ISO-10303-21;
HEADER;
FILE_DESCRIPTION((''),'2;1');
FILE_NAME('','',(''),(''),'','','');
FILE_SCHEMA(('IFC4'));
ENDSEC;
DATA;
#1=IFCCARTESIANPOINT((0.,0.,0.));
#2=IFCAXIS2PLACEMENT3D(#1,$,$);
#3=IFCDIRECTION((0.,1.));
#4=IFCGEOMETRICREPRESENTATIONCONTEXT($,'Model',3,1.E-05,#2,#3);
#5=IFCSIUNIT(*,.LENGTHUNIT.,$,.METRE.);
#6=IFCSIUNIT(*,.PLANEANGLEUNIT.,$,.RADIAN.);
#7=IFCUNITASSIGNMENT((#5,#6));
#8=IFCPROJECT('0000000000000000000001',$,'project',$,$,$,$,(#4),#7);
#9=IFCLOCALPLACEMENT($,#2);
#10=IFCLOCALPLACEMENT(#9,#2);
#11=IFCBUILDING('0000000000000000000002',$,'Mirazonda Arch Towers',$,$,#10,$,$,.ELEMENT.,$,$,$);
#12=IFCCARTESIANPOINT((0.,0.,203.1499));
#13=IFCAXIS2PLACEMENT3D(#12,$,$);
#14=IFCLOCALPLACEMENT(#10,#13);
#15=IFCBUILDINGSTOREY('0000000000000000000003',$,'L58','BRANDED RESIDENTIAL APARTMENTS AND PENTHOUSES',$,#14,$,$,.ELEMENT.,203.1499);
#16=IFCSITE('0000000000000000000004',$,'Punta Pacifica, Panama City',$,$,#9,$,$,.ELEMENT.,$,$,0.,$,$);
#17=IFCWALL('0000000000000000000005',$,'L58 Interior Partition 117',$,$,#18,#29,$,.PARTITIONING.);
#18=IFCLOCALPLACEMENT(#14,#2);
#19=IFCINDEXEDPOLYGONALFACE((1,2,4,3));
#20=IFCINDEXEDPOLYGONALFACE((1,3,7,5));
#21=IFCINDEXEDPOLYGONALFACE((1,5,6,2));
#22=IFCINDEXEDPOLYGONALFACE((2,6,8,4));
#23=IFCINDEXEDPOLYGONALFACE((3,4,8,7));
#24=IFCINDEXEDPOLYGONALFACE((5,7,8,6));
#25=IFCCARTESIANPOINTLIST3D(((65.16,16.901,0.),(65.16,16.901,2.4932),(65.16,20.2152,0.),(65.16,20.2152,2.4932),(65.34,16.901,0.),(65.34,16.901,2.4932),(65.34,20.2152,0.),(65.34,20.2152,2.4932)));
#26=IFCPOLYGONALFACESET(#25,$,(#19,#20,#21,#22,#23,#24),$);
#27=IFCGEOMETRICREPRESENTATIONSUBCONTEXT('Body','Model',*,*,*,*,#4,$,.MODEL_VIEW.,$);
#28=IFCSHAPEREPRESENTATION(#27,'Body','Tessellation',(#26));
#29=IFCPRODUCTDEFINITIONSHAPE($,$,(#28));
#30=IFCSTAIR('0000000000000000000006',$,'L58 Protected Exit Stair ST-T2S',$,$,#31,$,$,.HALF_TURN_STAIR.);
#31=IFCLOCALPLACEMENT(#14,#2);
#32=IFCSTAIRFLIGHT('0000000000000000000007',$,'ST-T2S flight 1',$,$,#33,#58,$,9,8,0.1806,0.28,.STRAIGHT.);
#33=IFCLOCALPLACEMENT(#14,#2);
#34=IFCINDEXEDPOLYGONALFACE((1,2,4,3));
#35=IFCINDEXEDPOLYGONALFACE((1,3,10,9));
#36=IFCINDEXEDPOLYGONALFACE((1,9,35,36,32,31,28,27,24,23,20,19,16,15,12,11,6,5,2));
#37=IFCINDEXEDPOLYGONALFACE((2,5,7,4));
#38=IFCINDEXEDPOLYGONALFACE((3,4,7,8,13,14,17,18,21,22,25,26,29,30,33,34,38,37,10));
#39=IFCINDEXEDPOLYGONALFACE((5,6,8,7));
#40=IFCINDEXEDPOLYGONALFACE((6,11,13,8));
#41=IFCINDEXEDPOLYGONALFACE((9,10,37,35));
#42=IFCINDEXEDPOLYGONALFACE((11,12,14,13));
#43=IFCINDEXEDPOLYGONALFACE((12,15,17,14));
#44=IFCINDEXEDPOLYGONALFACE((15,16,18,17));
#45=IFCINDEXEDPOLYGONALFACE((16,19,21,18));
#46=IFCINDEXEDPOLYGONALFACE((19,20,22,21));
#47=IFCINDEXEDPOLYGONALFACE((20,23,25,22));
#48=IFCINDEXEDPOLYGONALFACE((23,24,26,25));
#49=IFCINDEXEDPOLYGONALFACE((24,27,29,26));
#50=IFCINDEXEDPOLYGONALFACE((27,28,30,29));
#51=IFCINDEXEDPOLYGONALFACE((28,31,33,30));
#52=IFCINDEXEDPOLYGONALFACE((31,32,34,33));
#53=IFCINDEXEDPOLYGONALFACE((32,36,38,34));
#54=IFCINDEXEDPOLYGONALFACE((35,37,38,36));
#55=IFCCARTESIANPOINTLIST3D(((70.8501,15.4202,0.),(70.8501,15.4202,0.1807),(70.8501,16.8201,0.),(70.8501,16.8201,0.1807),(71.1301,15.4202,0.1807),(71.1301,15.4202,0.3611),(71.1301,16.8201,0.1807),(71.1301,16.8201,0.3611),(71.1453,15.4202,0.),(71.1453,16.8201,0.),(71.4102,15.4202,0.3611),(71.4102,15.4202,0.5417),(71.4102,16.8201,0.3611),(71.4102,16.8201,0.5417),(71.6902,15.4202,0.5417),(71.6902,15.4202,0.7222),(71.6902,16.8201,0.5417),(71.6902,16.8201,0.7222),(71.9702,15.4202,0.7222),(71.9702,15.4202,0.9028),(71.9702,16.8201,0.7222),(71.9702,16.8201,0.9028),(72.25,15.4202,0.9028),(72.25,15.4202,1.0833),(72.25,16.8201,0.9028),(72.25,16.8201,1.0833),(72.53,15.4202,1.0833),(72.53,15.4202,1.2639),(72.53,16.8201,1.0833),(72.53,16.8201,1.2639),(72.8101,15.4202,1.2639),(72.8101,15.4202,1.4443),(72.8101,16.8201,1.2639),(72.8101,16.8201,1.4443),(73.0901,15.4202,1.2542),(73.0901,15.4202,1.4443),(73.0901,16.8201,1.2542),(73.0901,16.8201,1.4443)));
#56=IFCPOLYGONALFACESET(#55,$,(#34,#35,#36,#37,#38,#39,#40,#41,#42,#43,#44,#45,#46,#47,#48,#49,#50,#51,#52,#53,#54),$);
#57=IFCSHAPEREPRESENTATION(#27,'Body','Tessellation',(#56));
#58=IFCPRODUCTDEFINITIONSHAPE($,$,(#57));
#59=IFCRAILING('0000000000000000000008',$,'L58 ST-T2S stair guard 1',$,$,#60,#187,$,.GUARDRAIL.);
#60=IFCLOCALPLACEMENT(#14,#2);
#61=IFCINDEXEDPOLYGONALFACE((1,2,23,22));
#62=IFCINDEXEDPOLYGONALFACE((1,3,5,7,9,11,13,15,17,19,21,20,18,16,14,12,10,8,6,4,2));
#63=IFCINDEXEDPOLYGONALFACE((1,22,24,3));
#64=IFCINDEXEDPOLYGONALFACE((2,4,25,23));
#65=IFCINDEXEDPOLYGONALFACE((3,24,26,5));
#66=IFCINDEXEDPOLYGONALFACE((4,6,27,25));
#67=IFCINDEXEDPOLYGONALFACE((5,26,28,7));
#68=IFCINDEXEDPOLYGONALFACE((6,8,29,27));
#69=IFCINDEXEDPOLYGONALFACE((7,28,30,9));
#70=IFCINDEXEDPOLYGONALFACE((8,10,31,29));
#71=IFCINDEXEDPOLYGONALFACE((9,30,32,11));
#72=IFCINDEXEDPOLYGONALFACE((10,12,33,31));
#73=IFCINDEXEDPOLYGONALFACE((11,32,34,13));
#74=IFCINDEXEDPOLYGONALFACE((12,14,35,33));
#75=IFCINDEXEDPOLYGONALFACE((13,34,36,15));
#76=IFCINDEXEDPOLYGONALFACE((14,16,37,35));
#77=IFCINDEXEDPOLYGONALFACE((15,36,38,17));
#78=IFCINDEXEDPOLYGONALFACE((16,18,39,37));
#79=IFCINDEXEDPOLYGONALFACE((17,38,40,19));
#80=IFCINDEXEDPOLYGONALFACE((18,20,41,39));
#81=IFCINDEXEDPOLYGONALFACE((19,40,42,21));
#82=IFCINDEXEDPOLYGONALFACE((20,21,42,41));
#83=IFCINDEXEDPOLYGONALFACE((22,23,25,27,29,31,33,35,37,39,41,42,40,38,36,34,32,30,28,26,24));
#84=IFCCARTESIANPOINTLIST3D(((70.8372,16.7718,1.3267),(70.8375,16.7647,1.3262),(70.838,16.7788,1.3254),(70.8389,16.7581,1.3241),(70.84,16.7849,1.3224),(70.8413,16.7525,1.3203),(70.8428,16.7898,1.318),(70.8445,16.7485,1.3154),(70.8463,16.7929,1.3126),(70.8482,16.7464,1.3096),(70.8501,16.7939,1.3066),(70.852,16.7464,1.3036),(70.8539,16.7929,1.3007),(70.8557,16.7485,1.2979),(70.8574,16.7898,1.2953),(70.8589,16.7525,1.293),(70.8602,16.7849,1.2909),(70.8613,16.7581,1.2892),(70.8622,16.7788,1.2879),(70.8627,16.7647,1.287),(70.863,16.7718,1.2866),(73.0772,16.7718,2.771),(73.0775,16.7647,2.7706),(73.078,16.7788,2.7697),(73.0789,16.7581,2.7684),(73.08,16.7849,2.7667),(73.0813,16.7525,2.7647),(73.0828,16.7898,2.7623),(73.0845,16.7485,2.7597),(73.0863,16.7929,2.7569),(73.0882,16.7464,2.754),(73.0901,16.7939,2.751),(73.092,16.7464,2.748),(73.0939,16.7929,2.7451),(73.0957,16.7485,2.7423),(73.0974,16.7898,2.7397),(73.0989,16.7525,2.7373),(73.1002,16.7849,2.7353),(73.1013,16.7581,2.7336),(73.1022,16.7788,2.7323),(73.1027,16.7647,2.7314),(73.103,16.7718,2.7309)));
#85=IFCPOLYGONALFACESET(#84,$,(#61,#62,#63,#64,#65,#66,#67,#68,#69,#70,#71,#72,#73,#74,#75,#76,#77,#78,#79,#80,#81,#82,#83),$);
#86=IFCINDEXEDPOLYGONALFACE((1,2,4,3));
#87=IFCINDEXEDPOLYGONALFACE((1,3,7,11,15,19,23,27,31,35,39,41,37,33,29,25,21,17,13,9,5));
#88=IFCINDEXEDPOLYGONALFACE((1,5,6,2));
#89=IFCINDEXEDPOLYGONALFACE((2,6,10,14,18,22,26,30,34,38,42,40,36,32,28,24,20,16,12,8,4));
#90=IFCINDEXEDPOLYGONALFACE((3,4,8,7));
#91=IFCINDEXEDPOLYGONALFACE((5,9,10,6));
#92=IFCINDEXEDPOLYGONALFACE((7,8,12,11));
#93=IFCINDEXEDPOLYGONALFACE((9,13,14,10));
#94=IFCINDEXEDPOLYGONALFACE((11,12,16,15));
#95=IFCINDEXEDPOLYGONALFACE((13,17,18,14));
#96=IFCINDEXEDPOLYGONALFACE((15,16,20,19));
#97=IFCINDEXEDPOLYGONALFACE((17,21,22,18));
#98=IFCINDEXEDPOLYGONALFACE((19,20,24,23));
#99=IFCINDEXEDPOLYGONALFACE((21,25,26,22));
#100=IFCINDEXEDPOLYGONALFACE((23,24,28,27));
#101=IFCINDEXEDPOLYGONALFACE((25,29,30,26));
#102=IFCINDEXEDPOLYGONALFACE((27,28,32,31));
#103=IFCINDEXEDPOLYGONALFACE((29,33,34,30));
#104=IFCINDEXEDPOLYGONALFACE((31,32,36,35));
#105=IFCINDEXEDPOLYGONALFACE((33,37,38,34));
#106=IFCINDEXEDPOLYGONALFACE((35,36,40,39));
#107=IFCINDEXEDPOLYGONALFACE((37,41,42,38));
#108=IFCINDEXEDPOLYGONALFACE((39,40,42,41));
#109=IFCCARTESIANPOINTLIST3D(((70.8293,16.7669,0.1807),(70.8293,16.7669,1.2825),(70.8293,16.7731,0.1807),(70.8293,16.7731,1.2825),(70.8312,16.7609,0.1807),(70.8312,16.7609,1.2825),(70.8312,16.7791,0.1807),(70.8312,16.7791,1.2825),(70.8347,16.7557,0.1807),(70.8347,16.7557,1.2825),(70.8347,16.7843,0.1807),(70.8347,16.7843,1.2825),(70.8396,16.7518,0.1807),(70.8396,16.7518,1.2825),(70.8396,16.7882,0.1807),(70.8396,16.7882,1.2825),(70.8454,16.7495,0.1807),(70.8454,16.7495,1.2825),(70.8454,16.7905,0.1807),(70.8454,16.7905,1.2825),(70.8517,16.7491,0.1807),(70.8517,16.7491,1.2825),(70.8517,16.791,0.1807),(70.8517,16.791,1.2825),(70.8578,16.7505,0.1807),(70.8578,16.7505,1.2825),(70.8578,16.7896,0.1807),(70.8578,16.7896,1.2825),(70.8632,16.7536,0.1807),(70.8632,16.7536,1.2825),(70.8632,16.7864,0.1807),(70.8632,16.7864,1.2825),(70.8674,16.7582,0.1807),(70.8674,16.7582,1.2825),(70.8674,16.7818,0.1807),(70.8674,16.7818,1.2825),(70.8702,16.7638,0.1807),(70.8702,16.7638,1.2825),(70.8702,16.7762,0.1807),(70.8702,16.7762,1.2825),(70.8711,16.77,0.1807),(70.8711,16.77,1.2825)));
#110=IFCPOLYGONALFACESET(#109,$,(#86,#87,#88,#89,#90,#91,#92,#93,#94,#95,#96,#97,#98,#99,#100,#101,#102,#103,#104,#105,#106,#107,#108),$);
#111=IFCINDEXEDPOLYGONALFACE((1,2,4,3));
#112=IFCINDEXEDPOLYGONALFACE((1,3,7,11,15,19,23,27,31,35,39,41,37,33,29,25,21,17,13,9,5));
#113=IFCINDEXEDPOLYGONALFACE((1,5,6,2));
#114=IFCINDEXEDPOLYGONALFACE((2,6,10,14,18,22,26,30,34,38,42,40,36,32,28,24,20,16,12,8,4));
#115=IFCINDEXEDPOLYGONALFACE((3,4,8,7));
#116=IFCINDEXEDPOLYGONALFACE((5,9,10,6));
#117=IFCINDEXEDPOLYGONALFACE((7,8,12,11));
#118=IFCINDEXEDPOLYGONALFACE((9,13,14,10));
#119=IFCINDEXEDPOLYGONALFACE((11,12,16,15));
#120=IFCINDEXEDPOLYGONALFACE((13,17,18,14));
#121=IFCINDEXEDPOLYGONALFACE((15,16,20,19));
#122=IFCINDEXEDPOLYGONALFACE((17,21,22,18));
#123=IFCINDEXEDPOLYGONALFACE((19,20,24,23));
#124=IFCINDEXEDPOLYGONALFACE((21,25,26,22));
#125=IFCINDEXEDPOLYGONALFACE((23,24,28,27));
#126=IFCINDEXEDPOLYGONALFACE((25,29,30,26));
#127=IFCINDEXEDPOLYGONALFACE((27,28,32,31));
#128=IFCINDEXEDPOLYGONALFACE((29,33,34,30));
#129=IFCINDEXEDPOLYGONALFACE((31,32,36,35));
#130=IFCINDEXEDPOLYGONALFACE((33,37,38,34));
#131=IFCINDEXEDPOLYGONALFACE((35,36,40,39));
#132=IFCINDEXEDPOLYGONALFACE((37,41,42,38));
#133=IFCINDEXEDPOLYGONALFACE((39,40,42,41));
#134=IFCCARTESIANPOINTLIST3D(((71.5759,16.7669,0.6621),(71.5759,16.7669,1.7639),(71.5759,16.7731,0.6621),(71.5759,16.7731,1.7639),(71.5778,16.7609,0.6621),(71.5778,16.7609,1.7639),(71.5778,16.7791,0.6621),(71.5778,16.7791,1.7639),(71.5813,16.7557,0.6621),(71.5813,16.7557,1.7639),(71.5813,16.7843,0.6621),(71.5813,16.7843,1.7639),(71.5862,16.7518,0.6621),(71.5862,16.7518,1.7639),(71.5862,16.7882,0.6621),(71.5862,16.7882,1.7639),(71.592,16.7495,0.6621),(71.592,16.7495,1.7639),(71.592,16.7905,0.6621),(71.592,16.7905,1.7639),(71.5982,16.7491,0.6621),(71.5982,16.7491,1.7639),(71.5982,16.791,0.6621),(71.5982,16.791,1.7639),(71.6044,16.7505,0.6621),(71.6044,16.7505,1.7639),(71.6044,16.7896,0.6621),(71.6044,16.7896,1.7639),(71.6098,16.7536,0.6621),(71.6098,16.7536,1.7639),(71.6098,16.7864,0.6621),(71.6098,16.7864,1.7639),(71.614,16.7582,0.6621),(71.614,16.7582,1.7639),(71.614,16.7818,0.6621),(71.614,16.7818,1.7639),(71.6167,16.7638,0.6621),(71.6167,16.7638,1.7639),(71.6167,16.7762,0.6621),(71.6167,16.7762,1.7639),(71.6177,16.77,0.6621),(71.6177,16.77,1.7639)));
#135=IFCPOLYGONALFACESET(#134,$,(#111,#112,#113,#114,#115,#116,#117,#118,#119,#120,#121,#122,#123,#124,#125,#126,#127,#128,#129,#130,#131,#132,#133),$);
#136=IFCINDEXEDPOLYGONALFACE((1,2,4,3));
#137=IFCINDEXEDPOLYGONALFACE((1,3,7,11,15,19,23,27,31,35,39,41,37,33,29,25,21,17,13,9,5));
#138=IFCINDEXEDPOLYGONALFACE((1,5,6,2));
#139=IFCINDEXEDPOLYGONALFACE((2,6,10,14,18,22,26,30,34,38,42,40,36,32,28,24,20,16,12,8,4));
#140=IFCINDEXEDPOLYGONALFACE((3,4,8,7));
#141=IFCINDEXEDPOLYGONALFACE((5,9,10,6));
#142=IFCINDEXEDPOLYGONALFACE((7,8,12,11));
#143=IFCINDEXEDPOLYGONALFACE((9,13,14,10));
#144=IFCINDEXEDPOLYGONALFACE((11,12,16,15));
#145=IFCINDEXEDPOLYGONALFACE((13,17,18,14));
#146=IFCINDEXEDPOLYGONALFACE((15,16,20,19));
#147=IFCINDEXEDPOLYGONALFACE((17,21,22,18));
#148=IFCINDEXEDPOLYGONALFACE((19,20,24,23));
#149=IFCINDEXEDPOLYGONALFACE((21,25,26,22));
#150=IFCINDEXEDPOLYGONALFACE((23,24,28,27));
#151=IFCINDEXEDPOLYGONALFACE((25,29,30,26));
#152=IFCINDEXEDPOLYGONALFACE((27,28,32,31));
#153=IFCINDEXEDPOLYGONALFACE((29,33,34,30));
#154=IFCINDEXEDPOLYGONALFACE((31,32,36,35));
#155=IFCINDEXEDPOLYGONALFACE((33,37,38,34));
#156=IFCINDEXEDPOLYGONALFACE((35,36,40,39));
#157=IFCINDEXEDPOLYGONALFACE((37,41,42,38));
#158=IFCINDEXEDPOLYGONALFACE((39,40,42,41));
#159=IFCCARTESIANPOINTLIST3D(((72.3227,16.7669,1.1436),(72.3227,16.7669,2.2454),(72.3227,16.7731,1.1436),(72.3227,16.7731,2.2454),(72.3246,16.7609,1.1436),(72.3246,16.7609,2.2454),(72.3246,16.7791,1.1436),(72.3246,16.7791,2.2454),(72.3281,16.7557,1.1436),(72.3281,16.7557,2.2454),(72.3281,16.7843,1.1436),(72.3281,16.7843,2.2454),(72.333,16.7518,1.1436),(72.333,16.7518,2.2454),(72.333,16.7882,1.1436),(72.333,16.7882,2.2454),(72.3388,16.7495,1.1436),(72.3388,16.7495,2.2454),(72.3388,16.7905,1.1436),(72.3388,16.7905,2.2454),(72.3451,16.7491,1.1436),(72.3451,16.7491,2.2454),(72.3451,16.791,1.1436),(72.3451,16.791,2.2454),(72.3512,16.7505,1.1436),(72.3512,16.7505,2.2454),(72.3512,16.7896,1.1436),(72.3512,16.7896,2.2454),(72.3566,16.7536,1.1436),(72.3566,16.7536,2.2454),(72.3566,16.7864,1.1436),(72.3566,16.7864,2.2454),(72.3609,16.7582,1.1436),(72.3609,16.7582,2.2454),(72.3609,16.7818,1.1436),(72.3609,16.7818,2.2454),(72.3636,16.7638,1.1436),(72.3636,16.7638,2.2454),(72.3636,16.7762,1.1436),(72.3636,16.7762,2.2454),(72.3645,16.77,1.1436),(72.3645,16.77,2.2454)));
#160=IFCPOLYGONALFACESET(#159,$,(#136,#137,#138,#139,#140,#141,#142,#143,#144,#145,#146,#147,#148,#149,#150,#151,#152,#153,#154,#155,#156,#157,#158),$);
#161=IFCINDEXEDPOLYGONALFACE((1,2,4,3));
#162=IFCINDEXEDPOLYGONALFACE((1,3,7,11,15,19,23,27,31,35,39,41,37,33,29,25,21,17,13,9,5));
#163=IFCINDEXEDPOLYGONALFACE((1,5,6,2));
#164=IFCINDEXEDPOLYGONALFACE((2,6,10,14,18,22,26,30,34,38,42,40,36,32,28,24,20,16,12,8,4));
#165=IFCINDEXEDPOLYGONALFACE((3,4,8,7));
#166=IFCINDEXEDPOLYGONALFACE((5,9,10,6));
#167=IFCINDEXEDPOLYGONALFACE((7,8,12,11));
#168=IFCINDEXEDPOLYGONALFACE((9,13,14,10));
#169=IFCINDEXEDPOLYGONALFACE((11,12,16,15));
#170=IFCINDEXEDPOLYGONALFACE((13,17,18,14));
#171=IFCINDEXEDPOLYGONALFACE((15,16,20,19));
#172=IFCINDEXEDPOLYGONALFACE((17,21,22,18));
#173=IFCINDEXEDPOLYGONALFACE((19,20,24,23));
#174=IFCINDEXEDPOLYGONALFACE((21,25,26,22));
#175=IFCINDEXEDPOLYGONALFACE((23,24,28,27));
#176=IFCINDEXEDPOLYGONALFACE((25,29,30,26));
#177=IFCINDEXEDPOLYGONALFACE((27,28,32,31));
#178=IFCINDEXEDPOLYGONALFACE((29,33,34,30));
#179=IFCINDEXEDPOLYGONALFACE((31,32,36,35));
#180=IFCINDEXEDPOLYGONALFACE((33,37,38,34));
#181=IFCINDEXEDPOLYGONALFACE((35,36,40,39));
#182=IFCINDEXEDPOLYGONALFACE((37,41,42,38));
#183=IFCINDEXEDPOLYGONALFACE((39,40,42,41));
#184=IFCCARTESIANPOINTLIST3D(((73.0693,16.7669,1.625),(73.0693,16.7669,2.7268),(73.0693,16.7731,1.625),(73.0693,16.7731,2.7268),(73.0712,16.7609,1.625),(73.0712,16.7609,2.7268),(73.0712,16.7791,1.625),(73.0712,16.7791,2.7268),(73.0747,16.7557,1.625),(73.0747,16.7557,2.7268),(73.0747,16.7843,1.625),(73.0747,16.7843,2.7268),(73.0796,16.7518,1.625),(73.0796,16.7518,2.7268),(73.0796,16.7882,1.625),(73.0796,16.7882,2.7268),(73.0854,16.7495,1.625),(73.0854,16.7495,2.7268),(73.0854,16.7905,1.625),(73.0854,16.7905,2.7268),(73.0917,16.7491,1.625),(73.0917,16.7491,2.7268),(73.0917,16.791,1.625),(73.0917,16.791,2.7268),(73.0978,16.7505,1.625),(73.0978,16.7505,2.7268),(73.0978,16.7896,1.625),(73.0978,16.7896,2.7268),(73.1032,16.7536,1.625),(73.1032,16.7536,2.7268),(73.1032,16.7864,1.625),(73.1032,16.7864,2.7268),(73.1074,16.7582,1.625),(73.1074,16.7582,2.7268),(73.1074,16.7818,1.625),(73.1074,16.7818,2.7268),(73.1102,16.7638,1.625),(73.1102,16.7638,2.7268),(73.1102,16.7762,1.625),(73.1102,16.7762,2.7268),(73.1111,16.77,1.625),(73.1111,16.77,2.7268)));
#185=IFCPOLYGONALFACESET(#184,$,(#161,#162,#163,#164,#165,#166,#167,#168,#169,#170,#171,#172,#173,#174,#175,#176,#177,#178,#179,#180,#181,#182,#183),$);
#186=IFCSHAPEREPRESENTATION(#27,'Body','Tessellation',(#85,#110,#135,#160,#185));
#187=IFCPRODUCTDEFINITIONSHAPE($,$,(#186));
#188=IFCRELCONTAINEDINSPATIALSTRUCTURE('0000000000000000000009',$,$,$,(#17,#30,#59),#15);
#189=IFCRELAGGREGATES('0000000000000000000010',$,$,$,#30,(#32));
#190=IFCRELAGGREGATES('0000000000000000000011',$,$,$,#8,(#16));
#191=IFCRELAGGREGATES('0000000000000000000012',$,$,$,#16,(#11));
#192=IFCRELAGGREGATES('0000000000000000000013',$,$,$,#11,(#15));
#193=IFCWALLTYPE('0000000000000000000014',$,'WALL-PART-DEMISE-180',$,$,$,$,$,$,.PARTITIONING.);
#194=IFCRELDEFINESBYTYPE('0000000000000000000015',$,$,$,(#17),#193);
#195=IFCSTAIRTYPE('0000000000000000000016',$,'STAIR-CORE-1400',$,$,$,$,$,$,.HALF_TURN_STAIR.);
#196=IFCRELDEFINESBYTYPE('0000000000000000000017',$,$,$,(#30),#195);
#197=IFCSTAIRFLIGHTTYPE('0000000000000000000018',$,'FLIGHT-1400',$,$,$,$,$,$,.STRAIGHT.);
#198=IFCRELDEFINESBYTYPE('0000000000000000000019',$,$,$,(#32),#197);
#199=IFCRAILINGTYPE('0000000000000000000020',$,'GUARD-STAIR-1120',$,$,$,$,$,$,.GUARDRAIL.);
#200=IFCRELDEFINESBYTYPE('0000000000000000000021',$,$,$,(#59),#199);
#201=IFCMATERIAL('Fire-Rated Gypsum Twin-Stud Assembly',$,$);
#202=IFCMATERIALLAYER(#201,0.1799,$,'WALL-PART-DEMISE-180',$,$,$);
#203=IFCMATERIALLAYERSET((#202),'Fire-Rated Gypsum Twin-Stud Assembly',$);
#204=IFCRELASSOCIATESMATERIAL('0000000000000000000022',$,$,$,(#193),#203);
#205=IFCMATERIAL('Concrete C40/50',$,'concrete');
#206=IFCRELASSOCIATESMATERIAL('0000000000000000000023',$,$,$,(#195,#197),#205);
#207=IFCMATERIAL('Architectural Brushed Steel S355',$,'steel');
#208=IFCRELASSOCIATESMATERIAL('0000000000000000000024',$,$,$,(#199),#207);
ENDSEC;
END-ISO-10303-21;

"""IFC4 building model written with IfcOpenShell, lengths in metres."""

from ifc_helpers import new_model, si_unit, direction, frame, frame_2d, origin, origin_2d, place, context, subcontext, project, spatial, polyline, rectangle, circle, outline, extrude, material, layer, layer_set, type_object, element, aggregate, save


model = new_model("IFC4")

# Units and contexts
model_context = context("Model", 3, precision=1e-05, world=origin(), true_north=direction((0.0, 1.0)))
body_context = subcontext(model_context, "Body", "Model", "MODEL_VIEW")
ifc_project = project(units=[si_unit("LENGTHUNIT", "METRE"), si_unit("PLANEANGLEUNIT", "RADIAN")], contexts=[model_context])

# Site, building, storey
site_placement = place(None, origin())
site = spatial("IfcSite", under=ifc_project, at=site_placement, Name="Punta Pacifica, Panama City", CompositionType="ELEMENT", RefElevation=0.0)
building_placement = place(site_placement, origin())
building = spatial("IfcBuilding", under=site, at=building_placement, Name="Mirazonda Arch Towers", CompositionType="ELEMENT")
storey_placement = place(building_placement, frame((0.0, 0.0, 203.1499)))
storey = spatial("IfcBuildingStorey", under=building, at=storey_placement, Name="L58", Description="BRANDED RESIDENTIAL APARTMENTS AND PENTHOUSES", CompositionType="ELEMENT", Elevation=203.1499)

# Shared definitions
ifc_material_1 = material(Name="Architectural Brushed Steel S355", Category="steel")

# Wall
ifc_material_2 = material(Name="Fire-Rated Gypsum Twin-Stud Assembly")
ifc_layer_1 = layer(ifc_material_2, 0.1799, Name="WALL-PART-DEMISE-180")
ifc_layer_set_1 = layer_set([ifc_layer_1], Name="Fire-Rated Gypsum Twin-Stud Assembly")
wall_type_1 = type_object("IfcWallType", Name="WALL-PART-DEMISE-180", PredefinedType="PARTITIONING", material=ifc_layer_set_1)
wall_1_placement = place(storey_placement, frame((65.25, 16.9009, 0.0), z_axis=(0.0, 0.0, 1.0), x_axis=(0.0, 1.0, 0.0)))
element("IfcWall", 1, at=wall_1_placement, inside=storey, type_object=wall_type_1, Name="L58 Interior Partition 117", PredefinedType="PARTITIONING", context=body_context, shape_type="SweptSolid", body=[
    extrude(rectangle(XDim=3.3142, YDim=0.1799, at=frame_2d((1.6572, 0.0))), origin(), (0.0, 0.0, 1.0), 2.4932),
])

# Stair, stair flight
ifc_material_3 = material(Name="Concrete C40/50", Category="concrete")
stair_type = type_object("IfcStairType", Name="STAIR-CORE-1400", PredefinedType="HALF_TURN_STAIR", material=ifc_material_3)
stair_placement = place(storey_placement, origin())
stair = element("IfcStair", 2, at=stair_placement, inside=storey, type_object=stair_type, Name="L58 Protected Exit Stair ST-T2S", PredefinedType="HALF_TURN_STAIR")
stair_flight_type = type_object("IfcStairFlightType", Name="FLIGHT-1400", PredefinedType="STRAIGHT", material=ifc_material_3)
stair_flight_placement = place(storey_placement, frame((70.8501, 16.1201, 0.0), z_axis=(0.0, 0.0, 1.0), x_axis=(1.0, 0.0, 0.0)))
stair_flight = element("IfcStairFlight", 3, at=stair_flight_placement, type_object=stair_flight_type, Name="ST-T2S flight 1", NumberOfRisers=9, NumberOfTreads=8, PredefinedType="STRAIGHT", RiserHeight=0.1806, TreadLength=0.28, context=body_context, shape_type="SweptSolid", body=[
    extrude(outline(polyline([(0.0, 0.0), (0.0, 0.1807), (0.28, 0.1807), (0.28, 0.3611), (0.5601, 0.3611), (0.5601, 0.5417), (0.8401, 0.5417), (0.8401, 0.7222), (1.1201, 0.7222), (1.1201, 0.9028), (1.3999, 0.9028), (1.3999, 1.0833), (1.6799, 1.0833), (1.6799, 1.2639), (1.96, 1.2639), (1.96, 1.4443), (2.24, 1.4443), (2.24, 1.625), (2.24, 1.2542), (0.2952, 0.0), (0.0, 0.0)])), frame((0.0, 0.7, 0.0), z_axis=(0.0, -1.0, 0.0), x_axis=(1.0, 0.0, 0.0)), (0.0, 0.0, 1.0), 1.3999),
])
aggregate(stair, [stair_flight])

# Railing
railing_type_1 = type_object("IfcRailingType", Name="GUARD-STAIR-1120", PredefinedType="GUARDRAIL", material=ifc_material_1)
railing_1_placement = place(storey_placement, frame((70.8501, 16.77, 0.1807)))
element("IfcRailing", 4, at=railing_1_placement, inside=storey, type_object=railing_type_1, Name="L58 ST-T2S stair guard 1", PredefinedType="GUARDRAIL", context=body_context, shape_type="SweptSolid", body=[
    extrude(circle(Radius=0.0239, at=origin_2d()), frame((0.0, 0.0, 1.126), z_axis=(0.840437, 0.0, 0.54191), x_axis=(0.0, 1.0, 0.0)), (0.0, 0.0, 1.0), 2.6653),
    extrude(circle(Radius=0.021, at=origin_2d()), origin(), (0.0, 0.0, 1.0), 1.1018),
    extrude(circle(Radius=0.021, at=origin_2d()), frame((0.7466, 0.0, 0.4814)), (0.0, 0.0, 1.0), 1.1018),
    extrude(circle(Radius=0.021, at=origin_2d()), frame((1.4934, 0.0, 0.9629)), (0.0, 0.0, 1.0), 1.1018),
    extrude(circle(Radius=0.021, at=origin_2d()), frame((2.24, 0.0, 1.4443)), (0.0, 0.0, 1.0), 1.1018),
])

save(model, "model.ifc")
